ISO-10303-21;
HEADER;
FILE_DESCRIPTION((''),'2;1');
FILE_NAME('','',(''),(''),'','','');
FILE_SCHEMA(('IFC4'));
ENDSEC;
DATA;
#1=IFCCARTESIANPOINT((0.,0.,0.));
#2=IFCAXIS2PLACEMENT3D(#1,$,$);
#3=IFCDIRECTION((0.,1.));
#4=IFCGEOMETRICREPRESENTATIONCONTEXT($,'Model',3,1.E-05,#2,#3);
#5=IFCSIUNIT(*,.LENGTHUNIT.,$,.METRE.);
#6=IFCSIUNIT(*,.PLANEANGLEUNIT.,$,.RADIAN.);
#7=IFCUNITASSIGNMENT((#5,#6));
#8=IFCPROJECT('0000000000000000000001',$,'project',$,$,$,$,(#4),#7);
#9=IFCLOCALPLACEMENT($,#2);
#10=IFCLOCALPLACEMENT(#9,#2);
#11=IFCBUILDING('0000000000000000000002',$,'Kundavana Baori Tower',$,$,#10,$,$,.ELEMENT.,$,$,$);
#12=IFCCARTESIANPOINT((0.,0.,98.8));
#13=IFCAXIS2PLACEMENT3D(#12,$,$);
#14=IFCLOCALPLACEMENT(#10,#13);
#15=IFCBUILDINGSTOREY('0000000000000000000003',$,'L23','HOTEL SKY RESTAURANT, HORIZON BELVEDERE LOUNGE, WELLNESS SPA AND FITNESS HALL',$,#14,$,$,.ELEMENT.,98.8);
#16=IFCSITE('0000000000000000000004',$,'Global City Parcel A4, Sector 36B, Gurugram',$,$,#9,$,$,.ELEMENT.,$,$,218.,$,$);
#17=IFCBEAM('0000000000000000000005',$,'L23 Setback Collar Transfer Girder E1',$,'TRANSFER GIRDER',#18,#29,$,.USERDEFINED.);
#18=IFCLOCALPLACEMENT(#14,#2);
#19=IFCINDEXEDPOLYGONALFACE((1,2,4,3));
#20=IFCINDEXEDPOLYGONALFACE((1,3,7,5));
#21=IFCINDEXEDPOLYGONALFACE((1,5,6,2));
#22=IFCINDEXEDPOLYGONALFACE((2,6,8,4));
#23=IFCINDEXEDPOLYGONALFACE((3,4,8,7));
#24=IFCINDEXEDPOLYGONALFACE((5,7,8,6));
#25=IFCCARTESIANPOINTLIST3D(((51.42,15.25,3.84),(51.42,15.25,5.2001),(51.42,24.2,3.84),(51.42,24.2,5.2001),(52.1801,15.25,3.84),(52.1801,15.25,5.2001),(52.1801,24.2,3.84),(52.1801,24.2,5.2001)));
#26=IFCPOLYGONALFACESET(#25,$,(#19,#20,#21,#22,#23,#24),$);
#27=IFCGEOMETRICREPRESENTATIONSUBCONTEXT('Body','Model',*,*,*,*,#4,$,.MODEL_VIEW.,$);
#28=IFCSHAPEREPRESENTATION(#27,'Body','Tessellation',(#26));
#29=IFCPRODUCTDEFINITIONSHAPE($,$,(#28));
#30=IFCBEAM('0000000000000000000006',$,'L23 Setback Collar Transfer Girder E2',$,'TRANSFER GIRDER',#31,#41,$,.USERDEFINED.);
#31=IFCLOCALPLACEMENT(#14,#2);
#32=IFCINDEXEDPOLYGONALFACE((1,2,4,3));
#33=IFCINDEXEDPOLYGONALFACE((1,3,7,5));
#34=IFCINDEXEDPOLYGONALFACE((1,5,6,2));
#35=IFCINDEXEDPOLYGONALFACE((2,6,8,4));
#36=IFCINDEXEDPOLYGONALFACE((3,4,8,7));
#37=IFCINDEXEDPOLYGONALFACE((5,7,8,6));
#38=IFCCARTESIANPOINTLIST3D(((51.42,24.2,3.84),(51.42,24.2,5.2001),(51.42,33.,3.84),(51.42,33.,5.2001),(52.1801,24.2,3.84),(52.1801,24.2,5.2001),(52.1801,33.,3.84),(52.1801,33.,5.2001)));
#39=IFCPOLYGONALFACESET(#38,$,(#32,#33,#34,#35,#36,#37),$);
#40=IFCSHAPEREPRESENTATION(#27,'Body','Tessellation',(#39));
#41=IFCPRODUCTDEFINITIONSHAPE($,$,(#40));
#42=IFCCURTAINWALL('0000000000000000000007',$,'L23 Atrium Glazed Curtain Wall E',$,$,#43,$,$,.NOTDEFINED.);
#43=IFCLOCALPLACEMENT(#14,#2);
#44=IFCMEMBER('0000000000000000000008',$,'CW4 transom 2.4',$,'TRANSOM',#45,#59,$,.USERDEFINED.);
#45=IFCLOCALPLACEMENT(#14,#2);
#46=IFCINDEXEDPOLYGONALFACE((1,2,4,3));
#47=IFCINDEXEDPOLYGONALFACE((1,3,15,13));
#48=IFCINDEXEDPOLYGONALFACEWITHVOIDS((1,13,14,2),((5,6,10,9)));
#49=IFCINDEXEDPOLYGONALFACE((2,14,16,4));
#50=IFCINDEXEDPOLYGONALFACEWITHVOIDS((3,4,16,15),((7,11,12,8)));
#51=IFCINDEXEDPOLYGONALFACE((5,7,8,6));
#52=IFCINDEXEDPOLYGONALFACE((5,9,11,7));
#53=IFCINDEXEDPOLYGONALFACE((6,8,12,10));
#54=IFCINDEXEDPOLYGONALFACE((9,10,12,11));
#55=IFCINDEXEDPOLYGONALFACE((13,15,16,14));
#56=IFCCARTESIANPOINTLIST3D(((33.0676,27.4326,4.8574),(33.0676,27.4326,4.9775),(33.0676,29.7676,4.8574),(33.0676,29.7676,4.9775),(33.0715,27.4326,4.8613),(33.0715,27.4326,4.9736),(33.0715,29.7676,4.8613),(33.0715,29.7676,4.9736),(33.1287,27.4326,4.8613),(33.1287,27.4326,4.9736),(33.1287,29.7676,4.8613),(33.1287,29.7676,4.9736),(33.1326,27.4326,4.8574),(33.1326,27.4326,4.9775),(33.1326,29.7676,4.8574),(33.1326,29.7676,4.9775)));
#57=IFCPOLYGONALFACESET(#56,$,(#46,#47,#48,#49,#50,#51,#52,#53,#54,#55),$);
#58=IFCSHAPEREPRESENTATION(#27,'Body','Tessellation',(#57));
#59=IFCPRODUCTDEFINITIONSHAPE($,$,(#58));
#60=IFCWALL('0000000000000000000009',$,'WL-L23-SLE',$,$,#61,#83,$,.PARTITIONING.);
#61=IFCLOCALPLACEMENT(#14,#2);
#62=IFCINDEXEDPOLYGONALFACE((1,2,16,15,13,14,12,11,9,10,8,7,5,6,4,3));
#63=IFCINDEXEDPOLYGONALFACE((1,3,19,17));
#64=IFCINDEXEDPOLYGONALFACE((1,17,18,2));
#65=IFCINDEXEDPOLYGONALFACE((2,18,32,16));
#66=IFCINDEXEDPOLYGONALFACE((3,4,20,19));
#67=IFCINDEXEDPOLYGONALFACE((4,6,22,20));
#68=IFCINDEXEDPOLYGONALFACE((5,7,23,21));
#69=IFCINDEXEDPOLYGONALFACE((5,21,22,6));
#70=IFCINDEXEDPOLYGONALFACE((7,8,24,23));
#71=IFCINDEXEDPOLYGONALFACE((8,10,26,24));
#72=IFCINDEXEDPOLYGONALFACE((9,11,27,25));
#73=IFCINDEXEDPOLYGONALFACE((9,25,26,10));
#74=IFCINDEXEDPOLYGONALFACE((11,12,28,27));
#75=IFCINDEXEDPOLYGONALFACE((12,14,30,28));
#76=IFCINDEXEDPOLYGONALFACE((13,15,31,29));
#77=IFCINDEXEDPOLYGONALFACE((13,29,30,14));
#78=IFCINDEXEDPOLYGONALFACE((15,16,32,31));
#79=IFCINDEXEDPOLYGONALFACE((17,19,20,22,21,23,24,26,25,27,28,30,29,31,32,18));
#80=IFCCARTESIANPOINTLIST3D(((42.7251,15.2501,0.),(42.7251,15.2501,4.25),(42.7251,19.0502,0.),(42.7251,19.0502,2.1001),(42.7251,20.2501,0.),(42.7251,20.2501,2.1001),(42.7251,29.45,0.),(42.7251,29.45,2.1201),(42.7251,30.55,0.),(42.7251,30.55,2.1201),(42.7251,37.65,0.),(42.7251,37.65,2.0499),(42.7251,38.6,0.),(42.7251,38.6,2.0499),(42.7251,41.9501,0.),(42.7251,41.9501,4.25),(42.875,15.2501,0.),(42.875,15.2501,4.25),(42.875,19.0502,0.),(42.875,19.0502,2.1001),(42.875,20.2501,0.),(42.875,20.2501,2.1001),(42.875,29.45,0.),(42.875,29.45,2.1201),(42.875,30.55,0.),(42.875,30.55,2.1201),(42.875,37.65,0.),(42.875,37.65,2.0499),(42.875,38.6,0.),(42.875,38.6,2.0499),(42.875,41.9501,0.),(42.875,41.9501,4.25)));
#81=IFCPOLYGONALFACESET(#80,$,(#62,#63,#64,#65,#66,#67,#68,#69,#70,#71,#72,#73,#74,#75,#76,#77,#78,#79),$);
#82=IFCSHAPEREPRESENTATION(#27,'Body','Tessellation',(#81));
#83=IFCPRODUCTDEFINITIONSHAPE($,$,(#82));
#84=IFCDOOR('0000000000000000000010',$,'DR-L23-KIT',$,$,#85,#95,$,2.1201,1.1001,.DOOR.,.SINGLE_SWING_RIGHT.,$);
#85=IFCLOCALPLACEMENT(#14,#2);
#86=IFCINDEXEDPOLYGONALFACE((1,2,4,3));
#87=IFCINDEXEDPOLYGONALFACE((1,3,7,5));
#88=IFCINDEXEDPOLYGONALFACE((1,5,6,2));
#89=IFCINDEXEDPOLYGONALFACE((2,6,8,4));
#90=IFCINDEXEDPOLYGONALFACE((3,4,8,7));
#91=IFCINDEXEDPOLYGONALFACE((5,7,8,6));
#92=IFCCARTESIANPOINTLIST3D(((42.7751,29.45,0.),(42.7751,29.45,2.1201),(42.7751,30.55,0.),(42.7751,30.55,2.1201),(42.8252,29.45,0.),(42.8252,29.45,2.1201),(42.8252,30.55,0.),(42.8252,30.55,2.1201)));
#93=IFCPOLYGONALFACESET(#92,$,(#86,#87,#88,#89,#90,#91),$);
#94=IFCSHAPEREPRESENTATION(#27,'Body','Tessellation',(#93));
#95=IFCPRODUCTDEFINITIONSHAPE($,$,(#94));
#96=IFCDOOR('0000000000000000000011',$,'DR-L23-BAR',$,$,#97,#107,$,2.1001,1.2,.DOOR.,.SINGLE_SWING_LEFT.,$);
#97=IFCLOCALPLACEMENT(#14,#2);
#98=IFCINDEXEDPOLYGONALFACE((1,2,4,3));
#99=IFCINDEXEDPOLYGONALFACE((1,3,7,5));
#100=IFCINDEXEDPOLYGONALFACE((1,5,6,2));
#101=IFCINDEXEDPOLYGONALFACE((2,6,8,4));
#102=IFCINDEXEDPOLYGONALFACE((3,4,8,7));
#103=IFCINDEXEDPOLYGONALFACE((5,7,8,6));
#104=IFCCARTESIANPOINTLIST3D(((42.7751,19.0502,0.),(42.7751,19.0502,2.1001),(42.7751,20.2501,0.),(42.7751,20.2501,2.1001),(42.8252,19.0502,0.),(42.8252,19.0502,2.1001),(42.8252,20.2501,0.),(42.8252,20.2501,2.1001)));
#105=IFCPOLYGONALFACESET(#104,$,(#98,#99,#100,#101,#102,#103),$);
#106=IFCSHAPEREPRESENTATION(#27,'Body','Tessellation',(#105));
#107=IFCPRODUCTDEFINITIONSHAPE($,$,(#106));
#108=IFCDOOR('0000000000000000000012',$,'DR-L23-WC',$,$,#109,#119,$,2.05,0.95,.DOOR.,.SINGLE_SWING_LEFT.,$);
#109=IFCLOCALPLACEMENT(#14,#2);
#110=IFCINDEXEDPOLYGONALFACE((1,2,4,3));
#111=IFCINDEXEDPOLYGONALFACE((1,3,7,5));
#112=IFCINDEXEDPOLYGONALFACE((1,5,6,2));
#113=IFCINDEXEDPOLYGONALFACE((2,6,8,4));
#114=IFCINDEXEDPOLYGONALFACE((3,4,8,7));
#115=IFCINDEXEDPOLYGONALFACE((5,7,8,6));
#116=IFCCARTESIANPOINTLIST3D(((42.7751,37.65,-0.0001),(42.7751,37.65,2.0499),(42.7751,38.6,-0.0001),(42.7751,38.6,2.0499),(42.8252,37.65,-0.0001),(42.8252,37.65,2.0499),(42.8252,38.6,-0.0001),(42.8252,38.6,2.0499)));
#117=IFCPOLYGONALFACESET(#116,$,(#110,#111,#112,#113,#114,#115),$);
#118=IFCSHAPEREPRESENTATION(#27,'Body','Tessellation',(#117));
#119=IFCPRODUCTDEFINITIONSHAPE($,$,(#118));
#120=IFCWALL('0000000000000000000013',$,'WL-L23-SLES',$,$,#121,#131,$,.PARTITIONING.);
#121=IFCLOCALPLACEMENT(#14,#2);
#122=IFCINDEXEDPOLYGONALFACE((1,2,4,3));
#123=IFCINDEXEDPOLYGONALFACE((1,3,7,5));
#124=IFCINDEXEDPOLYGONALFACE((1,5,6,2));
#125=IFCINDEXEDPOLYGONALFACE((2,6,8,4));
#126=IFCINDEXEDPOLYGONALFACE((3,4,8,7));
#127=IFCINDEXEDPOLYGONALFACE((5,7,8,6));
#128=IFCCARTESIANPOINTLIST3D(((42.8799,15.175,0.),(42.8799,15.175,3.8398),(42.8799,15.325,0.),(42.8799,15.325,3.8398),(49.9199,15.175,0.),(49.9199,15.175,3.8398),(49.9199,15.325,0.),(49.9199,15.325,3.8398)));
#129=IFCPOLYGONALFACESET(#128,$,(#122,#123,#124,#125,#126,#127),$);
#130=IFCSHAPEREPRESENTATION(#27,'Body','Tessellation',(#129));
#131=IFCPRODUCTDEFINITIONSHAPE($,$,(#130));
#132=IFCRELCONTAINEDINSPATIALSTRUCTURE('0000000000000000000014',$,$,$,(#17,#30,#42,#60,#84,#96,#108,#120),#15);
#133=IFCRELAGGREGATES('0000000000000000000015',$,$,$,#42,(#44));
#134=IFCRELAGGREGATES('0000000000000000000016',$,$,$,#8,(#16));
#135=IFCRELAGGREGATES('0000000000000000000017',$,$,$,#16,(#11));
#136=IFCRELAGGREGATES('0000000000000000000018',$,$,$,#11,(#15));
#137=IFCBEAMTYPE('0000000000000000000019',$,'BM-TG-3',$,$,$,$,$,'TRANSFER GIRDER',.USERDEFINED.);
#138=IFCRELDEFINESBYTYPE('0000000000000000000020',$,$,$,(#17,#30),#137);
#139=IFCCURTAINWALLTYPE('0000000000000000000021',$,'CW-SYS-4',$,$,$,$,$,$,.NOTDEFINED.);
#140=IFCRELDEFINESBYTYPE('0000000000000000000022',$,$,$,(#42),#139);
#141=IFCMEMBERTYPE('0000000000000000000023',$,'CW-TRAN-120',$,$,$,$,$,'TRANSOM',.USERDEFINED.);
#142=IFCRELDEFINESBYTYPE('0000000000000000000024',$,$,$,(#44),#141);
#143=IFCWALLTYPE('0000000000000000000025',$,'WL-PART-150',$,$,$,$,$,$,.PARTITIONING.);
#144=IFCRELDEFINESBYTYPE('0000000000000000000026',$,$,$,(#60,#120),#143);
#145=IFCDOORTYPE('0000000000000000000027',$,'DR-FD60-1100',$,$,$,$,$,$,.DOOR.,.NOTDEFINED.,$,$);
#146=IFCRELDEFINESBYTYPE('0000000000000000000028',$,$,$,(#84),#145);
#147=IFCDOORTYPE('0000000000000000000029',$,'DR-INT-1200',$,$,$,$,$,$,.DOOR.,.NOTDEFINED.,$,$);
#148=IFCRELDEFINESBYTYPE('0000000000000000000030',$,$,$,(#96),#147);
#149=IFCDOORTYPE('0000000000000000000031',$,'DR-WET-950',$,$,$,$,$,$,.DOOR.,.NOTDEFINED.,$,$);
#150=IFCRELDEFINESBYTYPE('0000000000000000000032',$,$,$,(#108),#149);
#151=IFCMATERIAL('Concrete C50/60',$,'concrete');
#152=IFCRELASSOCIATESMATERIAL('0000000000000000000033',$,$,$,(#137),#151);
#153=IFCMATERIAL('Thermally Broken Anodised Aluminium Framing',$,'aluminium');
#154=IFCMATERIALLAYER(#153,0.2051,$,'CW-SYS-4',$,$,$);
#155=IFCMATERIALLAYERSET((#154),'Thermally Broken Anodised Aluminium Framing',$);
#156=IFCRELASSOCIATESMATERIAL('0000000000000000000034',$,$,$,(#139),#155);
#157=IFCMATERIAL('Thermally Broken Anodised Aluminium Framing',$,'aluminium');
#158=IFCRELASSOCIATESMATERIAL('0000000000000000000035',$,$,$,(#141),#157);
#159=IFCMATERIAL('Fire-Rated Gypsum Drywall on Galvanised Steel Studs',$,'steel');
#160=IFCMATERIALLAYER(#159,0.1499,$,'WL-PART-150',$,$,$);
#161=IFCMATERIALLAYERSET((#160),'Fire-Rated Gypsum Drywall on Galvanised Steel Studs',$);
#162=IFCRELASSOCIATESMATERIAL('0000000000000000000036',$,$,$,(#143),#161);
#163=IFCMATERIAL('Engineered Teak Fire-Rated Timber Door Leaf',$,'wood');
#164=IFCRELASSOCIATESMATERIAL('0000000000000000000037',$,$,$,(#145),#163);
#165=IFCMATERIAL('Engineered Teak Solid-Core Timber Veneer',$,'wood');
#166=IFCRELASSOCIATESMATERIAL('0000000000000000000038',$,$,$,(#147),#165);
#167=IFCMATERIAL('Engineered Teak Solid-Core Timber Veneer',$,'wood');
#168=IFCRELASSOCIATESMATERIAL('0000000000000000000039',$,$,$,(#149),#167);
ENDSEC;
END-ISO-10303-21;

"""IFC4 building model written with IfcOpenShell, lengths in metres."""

from ifc_helpers import new_model, si_unit, direction, frame, frame_2d, origin, origin_2d, place, context, subcontext, project, spatial, rectangle, hollow_rectangle, extrude, material, layer, layer_set, material_profile, profile_set, type_object, element, fill, aggregate, save


model = new_model("IFC4")

# Units and contexts
model_context = context("Model", 3, precision=1e-05, world=origin(), true_north=direction((0.0, 1.0)))
body_context = subcontext(model_context, "Body", "Model", "MODEL_VIEW")
ifc_project = project(units=[si_unit("LENGTHUNIT", "METRE"), si_unit("PLANEANGLEUNIT", "RADIAN")], contexts=[model_context])

# Site, building, storey
site_placement = place(None, origin())
site = spatial("IfcSite", under=ifc_project, at=site_placement, Name="Global City Parcel A4, Sector 36B, Gurugram", CompositionType="ELEMENT", RefElevation=218.0)
building_placement = place(site_placement, origin())
building = spatial("IfcBuilding", under=site, at=building_placement, Name="Kundavana Baori Tower", CompositionType="ELEMENT")
storey_placement = place(building_placement, frame((0.0, 0.0, 98.8)))
storey = spatial("IfcBuildingStorey", under=building, at=storey_placement, Name="L23", Description="HOTEL SKY RESTAURANT, HORIZON BELVEDERE LOUNGE, WELLNESS SPA AND FITNESS HALL", CompositionType="ELEMENT", Elevation=98.8)

# Beams
ifc_material_1 = material(Name="Concrete C50/60", Category="concrete")
ifc_material_profile_1 = material_profile(ifc_material_1, rectangle(XDim=0.76, YDim=1.3601, at=origin_2d()), Name="BM-TG-3")
ifc_profile_set_1 = profile_set([ifc_material_profile_1], Name="Concrete C50/60")
beam_type_1 = type_object("IfcBeamType", Name="BM-TG-3", ElementType="TRANSFER GIRDER", PredefinedType="USERDEFINED", material=ifc_profile_set_1)
beam_1_placement = place(storey_placement, frame((51.8, 15.25, 4.52), z_axis=(0.0, 1.0, 0.0), x_axis=(-1.0, 0.0, 0.0)))
element("IfcBeam", 1, at=beam_1_placement, inside=storey, type_object=beam_type_1, Name="L23 Setback Collar Transfer Girder E1", ObjectType="TRANSFER GIRDER", PredefinedType="USERDEFINED", context=body_context, shape_type="SweptSolid", body=[
    extrude(rectangle(XDim=0.76, YDim=1.3601, at=origin_2d()), origin(), (0.0, 0.0, 1.0), 8.95),
])
beam_2_placement = place(storey_placement, frame((51.8, 24.2, 4.52), z_axis=(0.0, 1.0, 0.0), x_axis=(-1.0, 0.0, 0.0)))
element("IfcBeam", 2, at=beam_2_placement, inside=storey, type_object=beam_type_1, Name="L23 Setback Collar Transfer Girder E2", ObjectType="TRANSFER GIRDER", PredefinedType="USERDEFINED", context=body_context, shape_type="SweptSolid", body=[
    extrude(rectangle(XDim=0.76, YDim=1.3601, at=origin_2d()), origin(), (0.0, 0.0, 1.0), 8.8),
])

# Curtain wall, member
ifc_material_2 = material(Name="Thermally Broken Anodised Aluminium Framing", Category="aluminium")
ifc_layer_1 = layer(ifc_material_2, 0.2051, Name="CW-SYS-4")
ifc_layer_set_1 = layer_set([ifc_layer_1], Name="Thermally Broken Anodised Aluminium Framing")
curtain_wall_type = type_object("IfcCurtainWallType", Name="CW-SYS-4", PredefinedType="NOTDEFINED", material=ifc_layer_set_1)
curtain_wall_placement = place(storey_placement, origin())
curtain_wall = element("IfcCurtainWall", 3, at=curtain_wall_placement, inside=storey, type_object=curtain_wall_type, Name="L23 Atrium Glazed Curtain Wall E", PredefinedType="NOTDEFINED")
ifc_material_3 = material(Name="Thermally Broken Anodised Aluminium Framing", Category="aluminium")
ifc_material_profile_2 = material_profile(ifc_material_3, hollow_rectangle(XDim=0.0649, YDim=0.1201, WallThickness=0.0039, at=origin_2d()), Name="CW-TRAN-120")
ifc_profile_set_2 = profile_set([ifc_material_profile_2], Name="Thermally Broken Anodised Aluminium Framing")
member_type = type_object("IfcMemberType", Name="CW-TRAN-120", ElementType="TRANSOM", PredefinedType="USERDEFINED", material=ifc_profile_set_2)
member_placement = place(storey_placement, frame((33.1001, 27.4326, 4.9175), z_axis=(0.0, 1.0, 0.0), x_axis=(-1.0, 0.0, 0.0)))
member = element("IfcMember", 4, at=member_placement, type_object=member_type, Name="CW4 transom 2.4", ObjectType="TRANSOM", PredefinedType="USERDEFINED", context=body_context, shape_type="SweptSolid", body=[
    extrude(hollow_rectangle(XDim=0.0649, YDim=0.1201, WallThickness=0.0039, at=origin_2d()), origin(), (0.0, 0.0, 1.0), 2.335),
])
aggregate(curtain_wall, [member])

# Wall, openings, doors
ifc_material_4 = material(Name="Fire-Rated Gypsum Drywall on Galvanised Steel Studs", Category="steel")
ifc_layer_2 = layer(ifc_material_4, 0.1499, Name="WL-PART-150")
ifc_layer_set_2 = layer_set([ifc_layer_2], Name="Fire-Rated Gypsum Drywall on Galvanised Steel Studs")
wall_type = type_object("IfcWallType", Name="WL-PART-150", PredefinedType="PARTITIONING", material=ifc_layer_set_2)
wall_1_placement = place(storey_placement, frame((42.8, 15.25, 0.0), z_axis=(0.0, 0.0, 1.0), x_axis=(0.0, 1.0, 0.0)))
wall_1 = element("IfcWall", 5, at=wall_1_placement, inside=storey, type_object=wall_type, Name="WL-L23-SLE", PredefinedType="PARTITIONING", context=body_context, shape_type="SweptSolid", body=[
    extrude(rectangle(XDim=26.7, YDim=0.1499, at=frame_2d((13.3501, 0.0))), origin(), (0.0, 0.0, 1.0), 4.25),
])
opening_1_placement = place(wall_1_placement, frame((3.8, 0.0, 0.0)))
opening_1 = element("IfcOpeningElement", 6, at=opening_1_placement, cuts=wall_1, PredefinedType="OPENING", context=body_context, shape_type="SweptSolid", body=[
    extrude(rectangle(XDim=1.2, YDim=2.1001, at=frame_2d((0.6001, 1.05))), frame((0.0, 0.085, 0.0), z_axis=(0.0, -1.0, 0.0), x_axis=(1.0, 0.0, 0.0)), (0.0, 0.0, 1.0), 0.1699),
])
opening_2_placement = place(wall_1_placement, frame((14.2, 0.0, 0.0)))
opening_2 = element("IfcOpeningElement", 7, at=opening_2_placement, cuts=wall_1, PredefinedType="OPENING", context=body_context, shape_type="SweptSolid", body=[
    extrude(rectangle(XDim=1.1001, YDim=2.1201, at=frame_2d((0.55, 1.0601))), frame((0.0, 0.085, 0.0), z_axis=(0.0, -1.0, 0.0), x_axis=(1.0, 0.0, 0.0)), (0.0, 0.0, 1.0), 0.1699),
])
opening_3_placement = place(wall_1_placement, frame((22.3999, 0.0, 0.0)))
opening_3 = element("IfcOpeningElement", 8, at=opening_3_placement, cuts=wall_1, PredefinedType="OPENING", context=body_context, shape_type="SweptSolid", body=[
    extrude(rectangle(XDim=0.95, YDim=2.05, at=frame_2d((0.4751, 1.0249))), frame((0.0, 0.085, 0.0), z_axis=(0.0, -1.0, 0.0), x_axis=(1.0, 0.0, 0.0)), (0.0, 0.0, 1.0), 0.1699),
])
ifc_material_5 = material(Name="Engineered Teak Fire-Rated Timber Door Leaf", Category="wood")
door_type_1 = type_object("IfcDoorType", Name="DR-FD60-1100", OperationType="NOTDEFINED", PredefinedType="DOOR", material=ifc_material_5)
door_1_placement = place(opening_2_placement, origin())
door_1 = element("IfcDoor", 9, at=door_1_placement, inside=storey, type_object=door_type_1, Name="DR-L23-KIT", OperationType="SINGLE_SWING_RIGHT", OverallHeight=2.1201, OverallWidth=1.1001, PredefinedType="DOOR", context=body_context, shape_type="SweptSolid", body=[
    extrude(rectangle(XDim=1.1001, YDim=2.1201, at=frame_2d((0.55, 1.0601))), frame((0.0, 0.0249, 0.0), z_axis=(0.0, -1.0, 0.0), x_axis=(1.0, 0.0, 0.0)), (0.0, 0.0, 1.0), 0.05),
])
fill(opening_2, door_1)
ifc_material_6 = material(Name="Engineered Teak Solid-Core Timber Veneer", Category="wood")
door_type_2 = type_object("IfcDoorType", Name="DR-INT-1200", OperationType="NOTDEFINED", PredefinedType="DOOR", material=ifc_material_6)
door_2_placement = place(opening_1_placement, origin())
door_2 = element("IfcDoor", 10, at=door_2_placement, inside=storey, type_object=door_type_2, Name="DR-L23-BAR", OperationType="SINGLE_SWING_LEFT", OverallHeight=2.1001, OverallWidth=1.2, PredefinedType="DOOR", context=body_context, shape_type="SweptSolid", body=[
    extrude(rectangle(XDim=1.2, YDim=2.1001, at=frame_2d((0.6001, 1.05))), frame((0.0, 0.0249, 0.0), z_axis=(0.0, -1.0, 0.0), x_axis=(1.0, 0.0, 0.0)), (0.0, 0.0, 1.0), 0.05),
])
fill(opening_1, door_2)
ifc_material_7 = material(Name="Engineered Teak Solid-Core Timber Veneer", Category="wood")
door_type_3 = type_object("IfcDoorType", Name="DR-WET-950", OperationType="NOTDEFINED", PredefinedType="DOOR", material=ifc_material_7)
door_3_placement = place(opening_3_placement, origin())
door_3 = element("IfcDoor", 11, at=door_3_placement, inside=storey, type_object=door_type_3, Name="DR-L23-WC", OperationType="SINGLE_SWING_LEFT", OverallHeight=2.05, OverallWidth=0.95, PredefinedType="DOOR", context=body_context, shape_type="SweptSolid", body=[
    extrude(rectangle(XDim=0.95, YDim=2.05, at=frame_2d((0.4751, 1.0249))), frame((0.0, 0.0249, 0.0), z_axis=(0.0, -1.0, 0.0), x_axis=(1.0, 0.0, 0.0)), (0.0, 0.0, 1.0), 0.05),
])
fill(opening_3, door_3)

# Wall
wall_2_placement = place(storey_placement, frame((42.8799, 15.25, 0.0), z_axis=(0.0, 0.0, 1.0), x_axis=(1.0, 0.0, 0.0)))
element("IfcWall", 12, at=wall_2_placement, inside=storey, type_object=wall_type, Name="WL-L23-SLES", PredefinedType="PARTITIONING", context=body_context, shape_type="SweptSolid", body=[
    extrude(rectangle(XDim=7.04, YDim=0.1499, at=frame_2d((3.52, 0.0))), origin(), (0.0, 0.0, 1.0), 3.8398),
])

save(model, "model.ifc")
